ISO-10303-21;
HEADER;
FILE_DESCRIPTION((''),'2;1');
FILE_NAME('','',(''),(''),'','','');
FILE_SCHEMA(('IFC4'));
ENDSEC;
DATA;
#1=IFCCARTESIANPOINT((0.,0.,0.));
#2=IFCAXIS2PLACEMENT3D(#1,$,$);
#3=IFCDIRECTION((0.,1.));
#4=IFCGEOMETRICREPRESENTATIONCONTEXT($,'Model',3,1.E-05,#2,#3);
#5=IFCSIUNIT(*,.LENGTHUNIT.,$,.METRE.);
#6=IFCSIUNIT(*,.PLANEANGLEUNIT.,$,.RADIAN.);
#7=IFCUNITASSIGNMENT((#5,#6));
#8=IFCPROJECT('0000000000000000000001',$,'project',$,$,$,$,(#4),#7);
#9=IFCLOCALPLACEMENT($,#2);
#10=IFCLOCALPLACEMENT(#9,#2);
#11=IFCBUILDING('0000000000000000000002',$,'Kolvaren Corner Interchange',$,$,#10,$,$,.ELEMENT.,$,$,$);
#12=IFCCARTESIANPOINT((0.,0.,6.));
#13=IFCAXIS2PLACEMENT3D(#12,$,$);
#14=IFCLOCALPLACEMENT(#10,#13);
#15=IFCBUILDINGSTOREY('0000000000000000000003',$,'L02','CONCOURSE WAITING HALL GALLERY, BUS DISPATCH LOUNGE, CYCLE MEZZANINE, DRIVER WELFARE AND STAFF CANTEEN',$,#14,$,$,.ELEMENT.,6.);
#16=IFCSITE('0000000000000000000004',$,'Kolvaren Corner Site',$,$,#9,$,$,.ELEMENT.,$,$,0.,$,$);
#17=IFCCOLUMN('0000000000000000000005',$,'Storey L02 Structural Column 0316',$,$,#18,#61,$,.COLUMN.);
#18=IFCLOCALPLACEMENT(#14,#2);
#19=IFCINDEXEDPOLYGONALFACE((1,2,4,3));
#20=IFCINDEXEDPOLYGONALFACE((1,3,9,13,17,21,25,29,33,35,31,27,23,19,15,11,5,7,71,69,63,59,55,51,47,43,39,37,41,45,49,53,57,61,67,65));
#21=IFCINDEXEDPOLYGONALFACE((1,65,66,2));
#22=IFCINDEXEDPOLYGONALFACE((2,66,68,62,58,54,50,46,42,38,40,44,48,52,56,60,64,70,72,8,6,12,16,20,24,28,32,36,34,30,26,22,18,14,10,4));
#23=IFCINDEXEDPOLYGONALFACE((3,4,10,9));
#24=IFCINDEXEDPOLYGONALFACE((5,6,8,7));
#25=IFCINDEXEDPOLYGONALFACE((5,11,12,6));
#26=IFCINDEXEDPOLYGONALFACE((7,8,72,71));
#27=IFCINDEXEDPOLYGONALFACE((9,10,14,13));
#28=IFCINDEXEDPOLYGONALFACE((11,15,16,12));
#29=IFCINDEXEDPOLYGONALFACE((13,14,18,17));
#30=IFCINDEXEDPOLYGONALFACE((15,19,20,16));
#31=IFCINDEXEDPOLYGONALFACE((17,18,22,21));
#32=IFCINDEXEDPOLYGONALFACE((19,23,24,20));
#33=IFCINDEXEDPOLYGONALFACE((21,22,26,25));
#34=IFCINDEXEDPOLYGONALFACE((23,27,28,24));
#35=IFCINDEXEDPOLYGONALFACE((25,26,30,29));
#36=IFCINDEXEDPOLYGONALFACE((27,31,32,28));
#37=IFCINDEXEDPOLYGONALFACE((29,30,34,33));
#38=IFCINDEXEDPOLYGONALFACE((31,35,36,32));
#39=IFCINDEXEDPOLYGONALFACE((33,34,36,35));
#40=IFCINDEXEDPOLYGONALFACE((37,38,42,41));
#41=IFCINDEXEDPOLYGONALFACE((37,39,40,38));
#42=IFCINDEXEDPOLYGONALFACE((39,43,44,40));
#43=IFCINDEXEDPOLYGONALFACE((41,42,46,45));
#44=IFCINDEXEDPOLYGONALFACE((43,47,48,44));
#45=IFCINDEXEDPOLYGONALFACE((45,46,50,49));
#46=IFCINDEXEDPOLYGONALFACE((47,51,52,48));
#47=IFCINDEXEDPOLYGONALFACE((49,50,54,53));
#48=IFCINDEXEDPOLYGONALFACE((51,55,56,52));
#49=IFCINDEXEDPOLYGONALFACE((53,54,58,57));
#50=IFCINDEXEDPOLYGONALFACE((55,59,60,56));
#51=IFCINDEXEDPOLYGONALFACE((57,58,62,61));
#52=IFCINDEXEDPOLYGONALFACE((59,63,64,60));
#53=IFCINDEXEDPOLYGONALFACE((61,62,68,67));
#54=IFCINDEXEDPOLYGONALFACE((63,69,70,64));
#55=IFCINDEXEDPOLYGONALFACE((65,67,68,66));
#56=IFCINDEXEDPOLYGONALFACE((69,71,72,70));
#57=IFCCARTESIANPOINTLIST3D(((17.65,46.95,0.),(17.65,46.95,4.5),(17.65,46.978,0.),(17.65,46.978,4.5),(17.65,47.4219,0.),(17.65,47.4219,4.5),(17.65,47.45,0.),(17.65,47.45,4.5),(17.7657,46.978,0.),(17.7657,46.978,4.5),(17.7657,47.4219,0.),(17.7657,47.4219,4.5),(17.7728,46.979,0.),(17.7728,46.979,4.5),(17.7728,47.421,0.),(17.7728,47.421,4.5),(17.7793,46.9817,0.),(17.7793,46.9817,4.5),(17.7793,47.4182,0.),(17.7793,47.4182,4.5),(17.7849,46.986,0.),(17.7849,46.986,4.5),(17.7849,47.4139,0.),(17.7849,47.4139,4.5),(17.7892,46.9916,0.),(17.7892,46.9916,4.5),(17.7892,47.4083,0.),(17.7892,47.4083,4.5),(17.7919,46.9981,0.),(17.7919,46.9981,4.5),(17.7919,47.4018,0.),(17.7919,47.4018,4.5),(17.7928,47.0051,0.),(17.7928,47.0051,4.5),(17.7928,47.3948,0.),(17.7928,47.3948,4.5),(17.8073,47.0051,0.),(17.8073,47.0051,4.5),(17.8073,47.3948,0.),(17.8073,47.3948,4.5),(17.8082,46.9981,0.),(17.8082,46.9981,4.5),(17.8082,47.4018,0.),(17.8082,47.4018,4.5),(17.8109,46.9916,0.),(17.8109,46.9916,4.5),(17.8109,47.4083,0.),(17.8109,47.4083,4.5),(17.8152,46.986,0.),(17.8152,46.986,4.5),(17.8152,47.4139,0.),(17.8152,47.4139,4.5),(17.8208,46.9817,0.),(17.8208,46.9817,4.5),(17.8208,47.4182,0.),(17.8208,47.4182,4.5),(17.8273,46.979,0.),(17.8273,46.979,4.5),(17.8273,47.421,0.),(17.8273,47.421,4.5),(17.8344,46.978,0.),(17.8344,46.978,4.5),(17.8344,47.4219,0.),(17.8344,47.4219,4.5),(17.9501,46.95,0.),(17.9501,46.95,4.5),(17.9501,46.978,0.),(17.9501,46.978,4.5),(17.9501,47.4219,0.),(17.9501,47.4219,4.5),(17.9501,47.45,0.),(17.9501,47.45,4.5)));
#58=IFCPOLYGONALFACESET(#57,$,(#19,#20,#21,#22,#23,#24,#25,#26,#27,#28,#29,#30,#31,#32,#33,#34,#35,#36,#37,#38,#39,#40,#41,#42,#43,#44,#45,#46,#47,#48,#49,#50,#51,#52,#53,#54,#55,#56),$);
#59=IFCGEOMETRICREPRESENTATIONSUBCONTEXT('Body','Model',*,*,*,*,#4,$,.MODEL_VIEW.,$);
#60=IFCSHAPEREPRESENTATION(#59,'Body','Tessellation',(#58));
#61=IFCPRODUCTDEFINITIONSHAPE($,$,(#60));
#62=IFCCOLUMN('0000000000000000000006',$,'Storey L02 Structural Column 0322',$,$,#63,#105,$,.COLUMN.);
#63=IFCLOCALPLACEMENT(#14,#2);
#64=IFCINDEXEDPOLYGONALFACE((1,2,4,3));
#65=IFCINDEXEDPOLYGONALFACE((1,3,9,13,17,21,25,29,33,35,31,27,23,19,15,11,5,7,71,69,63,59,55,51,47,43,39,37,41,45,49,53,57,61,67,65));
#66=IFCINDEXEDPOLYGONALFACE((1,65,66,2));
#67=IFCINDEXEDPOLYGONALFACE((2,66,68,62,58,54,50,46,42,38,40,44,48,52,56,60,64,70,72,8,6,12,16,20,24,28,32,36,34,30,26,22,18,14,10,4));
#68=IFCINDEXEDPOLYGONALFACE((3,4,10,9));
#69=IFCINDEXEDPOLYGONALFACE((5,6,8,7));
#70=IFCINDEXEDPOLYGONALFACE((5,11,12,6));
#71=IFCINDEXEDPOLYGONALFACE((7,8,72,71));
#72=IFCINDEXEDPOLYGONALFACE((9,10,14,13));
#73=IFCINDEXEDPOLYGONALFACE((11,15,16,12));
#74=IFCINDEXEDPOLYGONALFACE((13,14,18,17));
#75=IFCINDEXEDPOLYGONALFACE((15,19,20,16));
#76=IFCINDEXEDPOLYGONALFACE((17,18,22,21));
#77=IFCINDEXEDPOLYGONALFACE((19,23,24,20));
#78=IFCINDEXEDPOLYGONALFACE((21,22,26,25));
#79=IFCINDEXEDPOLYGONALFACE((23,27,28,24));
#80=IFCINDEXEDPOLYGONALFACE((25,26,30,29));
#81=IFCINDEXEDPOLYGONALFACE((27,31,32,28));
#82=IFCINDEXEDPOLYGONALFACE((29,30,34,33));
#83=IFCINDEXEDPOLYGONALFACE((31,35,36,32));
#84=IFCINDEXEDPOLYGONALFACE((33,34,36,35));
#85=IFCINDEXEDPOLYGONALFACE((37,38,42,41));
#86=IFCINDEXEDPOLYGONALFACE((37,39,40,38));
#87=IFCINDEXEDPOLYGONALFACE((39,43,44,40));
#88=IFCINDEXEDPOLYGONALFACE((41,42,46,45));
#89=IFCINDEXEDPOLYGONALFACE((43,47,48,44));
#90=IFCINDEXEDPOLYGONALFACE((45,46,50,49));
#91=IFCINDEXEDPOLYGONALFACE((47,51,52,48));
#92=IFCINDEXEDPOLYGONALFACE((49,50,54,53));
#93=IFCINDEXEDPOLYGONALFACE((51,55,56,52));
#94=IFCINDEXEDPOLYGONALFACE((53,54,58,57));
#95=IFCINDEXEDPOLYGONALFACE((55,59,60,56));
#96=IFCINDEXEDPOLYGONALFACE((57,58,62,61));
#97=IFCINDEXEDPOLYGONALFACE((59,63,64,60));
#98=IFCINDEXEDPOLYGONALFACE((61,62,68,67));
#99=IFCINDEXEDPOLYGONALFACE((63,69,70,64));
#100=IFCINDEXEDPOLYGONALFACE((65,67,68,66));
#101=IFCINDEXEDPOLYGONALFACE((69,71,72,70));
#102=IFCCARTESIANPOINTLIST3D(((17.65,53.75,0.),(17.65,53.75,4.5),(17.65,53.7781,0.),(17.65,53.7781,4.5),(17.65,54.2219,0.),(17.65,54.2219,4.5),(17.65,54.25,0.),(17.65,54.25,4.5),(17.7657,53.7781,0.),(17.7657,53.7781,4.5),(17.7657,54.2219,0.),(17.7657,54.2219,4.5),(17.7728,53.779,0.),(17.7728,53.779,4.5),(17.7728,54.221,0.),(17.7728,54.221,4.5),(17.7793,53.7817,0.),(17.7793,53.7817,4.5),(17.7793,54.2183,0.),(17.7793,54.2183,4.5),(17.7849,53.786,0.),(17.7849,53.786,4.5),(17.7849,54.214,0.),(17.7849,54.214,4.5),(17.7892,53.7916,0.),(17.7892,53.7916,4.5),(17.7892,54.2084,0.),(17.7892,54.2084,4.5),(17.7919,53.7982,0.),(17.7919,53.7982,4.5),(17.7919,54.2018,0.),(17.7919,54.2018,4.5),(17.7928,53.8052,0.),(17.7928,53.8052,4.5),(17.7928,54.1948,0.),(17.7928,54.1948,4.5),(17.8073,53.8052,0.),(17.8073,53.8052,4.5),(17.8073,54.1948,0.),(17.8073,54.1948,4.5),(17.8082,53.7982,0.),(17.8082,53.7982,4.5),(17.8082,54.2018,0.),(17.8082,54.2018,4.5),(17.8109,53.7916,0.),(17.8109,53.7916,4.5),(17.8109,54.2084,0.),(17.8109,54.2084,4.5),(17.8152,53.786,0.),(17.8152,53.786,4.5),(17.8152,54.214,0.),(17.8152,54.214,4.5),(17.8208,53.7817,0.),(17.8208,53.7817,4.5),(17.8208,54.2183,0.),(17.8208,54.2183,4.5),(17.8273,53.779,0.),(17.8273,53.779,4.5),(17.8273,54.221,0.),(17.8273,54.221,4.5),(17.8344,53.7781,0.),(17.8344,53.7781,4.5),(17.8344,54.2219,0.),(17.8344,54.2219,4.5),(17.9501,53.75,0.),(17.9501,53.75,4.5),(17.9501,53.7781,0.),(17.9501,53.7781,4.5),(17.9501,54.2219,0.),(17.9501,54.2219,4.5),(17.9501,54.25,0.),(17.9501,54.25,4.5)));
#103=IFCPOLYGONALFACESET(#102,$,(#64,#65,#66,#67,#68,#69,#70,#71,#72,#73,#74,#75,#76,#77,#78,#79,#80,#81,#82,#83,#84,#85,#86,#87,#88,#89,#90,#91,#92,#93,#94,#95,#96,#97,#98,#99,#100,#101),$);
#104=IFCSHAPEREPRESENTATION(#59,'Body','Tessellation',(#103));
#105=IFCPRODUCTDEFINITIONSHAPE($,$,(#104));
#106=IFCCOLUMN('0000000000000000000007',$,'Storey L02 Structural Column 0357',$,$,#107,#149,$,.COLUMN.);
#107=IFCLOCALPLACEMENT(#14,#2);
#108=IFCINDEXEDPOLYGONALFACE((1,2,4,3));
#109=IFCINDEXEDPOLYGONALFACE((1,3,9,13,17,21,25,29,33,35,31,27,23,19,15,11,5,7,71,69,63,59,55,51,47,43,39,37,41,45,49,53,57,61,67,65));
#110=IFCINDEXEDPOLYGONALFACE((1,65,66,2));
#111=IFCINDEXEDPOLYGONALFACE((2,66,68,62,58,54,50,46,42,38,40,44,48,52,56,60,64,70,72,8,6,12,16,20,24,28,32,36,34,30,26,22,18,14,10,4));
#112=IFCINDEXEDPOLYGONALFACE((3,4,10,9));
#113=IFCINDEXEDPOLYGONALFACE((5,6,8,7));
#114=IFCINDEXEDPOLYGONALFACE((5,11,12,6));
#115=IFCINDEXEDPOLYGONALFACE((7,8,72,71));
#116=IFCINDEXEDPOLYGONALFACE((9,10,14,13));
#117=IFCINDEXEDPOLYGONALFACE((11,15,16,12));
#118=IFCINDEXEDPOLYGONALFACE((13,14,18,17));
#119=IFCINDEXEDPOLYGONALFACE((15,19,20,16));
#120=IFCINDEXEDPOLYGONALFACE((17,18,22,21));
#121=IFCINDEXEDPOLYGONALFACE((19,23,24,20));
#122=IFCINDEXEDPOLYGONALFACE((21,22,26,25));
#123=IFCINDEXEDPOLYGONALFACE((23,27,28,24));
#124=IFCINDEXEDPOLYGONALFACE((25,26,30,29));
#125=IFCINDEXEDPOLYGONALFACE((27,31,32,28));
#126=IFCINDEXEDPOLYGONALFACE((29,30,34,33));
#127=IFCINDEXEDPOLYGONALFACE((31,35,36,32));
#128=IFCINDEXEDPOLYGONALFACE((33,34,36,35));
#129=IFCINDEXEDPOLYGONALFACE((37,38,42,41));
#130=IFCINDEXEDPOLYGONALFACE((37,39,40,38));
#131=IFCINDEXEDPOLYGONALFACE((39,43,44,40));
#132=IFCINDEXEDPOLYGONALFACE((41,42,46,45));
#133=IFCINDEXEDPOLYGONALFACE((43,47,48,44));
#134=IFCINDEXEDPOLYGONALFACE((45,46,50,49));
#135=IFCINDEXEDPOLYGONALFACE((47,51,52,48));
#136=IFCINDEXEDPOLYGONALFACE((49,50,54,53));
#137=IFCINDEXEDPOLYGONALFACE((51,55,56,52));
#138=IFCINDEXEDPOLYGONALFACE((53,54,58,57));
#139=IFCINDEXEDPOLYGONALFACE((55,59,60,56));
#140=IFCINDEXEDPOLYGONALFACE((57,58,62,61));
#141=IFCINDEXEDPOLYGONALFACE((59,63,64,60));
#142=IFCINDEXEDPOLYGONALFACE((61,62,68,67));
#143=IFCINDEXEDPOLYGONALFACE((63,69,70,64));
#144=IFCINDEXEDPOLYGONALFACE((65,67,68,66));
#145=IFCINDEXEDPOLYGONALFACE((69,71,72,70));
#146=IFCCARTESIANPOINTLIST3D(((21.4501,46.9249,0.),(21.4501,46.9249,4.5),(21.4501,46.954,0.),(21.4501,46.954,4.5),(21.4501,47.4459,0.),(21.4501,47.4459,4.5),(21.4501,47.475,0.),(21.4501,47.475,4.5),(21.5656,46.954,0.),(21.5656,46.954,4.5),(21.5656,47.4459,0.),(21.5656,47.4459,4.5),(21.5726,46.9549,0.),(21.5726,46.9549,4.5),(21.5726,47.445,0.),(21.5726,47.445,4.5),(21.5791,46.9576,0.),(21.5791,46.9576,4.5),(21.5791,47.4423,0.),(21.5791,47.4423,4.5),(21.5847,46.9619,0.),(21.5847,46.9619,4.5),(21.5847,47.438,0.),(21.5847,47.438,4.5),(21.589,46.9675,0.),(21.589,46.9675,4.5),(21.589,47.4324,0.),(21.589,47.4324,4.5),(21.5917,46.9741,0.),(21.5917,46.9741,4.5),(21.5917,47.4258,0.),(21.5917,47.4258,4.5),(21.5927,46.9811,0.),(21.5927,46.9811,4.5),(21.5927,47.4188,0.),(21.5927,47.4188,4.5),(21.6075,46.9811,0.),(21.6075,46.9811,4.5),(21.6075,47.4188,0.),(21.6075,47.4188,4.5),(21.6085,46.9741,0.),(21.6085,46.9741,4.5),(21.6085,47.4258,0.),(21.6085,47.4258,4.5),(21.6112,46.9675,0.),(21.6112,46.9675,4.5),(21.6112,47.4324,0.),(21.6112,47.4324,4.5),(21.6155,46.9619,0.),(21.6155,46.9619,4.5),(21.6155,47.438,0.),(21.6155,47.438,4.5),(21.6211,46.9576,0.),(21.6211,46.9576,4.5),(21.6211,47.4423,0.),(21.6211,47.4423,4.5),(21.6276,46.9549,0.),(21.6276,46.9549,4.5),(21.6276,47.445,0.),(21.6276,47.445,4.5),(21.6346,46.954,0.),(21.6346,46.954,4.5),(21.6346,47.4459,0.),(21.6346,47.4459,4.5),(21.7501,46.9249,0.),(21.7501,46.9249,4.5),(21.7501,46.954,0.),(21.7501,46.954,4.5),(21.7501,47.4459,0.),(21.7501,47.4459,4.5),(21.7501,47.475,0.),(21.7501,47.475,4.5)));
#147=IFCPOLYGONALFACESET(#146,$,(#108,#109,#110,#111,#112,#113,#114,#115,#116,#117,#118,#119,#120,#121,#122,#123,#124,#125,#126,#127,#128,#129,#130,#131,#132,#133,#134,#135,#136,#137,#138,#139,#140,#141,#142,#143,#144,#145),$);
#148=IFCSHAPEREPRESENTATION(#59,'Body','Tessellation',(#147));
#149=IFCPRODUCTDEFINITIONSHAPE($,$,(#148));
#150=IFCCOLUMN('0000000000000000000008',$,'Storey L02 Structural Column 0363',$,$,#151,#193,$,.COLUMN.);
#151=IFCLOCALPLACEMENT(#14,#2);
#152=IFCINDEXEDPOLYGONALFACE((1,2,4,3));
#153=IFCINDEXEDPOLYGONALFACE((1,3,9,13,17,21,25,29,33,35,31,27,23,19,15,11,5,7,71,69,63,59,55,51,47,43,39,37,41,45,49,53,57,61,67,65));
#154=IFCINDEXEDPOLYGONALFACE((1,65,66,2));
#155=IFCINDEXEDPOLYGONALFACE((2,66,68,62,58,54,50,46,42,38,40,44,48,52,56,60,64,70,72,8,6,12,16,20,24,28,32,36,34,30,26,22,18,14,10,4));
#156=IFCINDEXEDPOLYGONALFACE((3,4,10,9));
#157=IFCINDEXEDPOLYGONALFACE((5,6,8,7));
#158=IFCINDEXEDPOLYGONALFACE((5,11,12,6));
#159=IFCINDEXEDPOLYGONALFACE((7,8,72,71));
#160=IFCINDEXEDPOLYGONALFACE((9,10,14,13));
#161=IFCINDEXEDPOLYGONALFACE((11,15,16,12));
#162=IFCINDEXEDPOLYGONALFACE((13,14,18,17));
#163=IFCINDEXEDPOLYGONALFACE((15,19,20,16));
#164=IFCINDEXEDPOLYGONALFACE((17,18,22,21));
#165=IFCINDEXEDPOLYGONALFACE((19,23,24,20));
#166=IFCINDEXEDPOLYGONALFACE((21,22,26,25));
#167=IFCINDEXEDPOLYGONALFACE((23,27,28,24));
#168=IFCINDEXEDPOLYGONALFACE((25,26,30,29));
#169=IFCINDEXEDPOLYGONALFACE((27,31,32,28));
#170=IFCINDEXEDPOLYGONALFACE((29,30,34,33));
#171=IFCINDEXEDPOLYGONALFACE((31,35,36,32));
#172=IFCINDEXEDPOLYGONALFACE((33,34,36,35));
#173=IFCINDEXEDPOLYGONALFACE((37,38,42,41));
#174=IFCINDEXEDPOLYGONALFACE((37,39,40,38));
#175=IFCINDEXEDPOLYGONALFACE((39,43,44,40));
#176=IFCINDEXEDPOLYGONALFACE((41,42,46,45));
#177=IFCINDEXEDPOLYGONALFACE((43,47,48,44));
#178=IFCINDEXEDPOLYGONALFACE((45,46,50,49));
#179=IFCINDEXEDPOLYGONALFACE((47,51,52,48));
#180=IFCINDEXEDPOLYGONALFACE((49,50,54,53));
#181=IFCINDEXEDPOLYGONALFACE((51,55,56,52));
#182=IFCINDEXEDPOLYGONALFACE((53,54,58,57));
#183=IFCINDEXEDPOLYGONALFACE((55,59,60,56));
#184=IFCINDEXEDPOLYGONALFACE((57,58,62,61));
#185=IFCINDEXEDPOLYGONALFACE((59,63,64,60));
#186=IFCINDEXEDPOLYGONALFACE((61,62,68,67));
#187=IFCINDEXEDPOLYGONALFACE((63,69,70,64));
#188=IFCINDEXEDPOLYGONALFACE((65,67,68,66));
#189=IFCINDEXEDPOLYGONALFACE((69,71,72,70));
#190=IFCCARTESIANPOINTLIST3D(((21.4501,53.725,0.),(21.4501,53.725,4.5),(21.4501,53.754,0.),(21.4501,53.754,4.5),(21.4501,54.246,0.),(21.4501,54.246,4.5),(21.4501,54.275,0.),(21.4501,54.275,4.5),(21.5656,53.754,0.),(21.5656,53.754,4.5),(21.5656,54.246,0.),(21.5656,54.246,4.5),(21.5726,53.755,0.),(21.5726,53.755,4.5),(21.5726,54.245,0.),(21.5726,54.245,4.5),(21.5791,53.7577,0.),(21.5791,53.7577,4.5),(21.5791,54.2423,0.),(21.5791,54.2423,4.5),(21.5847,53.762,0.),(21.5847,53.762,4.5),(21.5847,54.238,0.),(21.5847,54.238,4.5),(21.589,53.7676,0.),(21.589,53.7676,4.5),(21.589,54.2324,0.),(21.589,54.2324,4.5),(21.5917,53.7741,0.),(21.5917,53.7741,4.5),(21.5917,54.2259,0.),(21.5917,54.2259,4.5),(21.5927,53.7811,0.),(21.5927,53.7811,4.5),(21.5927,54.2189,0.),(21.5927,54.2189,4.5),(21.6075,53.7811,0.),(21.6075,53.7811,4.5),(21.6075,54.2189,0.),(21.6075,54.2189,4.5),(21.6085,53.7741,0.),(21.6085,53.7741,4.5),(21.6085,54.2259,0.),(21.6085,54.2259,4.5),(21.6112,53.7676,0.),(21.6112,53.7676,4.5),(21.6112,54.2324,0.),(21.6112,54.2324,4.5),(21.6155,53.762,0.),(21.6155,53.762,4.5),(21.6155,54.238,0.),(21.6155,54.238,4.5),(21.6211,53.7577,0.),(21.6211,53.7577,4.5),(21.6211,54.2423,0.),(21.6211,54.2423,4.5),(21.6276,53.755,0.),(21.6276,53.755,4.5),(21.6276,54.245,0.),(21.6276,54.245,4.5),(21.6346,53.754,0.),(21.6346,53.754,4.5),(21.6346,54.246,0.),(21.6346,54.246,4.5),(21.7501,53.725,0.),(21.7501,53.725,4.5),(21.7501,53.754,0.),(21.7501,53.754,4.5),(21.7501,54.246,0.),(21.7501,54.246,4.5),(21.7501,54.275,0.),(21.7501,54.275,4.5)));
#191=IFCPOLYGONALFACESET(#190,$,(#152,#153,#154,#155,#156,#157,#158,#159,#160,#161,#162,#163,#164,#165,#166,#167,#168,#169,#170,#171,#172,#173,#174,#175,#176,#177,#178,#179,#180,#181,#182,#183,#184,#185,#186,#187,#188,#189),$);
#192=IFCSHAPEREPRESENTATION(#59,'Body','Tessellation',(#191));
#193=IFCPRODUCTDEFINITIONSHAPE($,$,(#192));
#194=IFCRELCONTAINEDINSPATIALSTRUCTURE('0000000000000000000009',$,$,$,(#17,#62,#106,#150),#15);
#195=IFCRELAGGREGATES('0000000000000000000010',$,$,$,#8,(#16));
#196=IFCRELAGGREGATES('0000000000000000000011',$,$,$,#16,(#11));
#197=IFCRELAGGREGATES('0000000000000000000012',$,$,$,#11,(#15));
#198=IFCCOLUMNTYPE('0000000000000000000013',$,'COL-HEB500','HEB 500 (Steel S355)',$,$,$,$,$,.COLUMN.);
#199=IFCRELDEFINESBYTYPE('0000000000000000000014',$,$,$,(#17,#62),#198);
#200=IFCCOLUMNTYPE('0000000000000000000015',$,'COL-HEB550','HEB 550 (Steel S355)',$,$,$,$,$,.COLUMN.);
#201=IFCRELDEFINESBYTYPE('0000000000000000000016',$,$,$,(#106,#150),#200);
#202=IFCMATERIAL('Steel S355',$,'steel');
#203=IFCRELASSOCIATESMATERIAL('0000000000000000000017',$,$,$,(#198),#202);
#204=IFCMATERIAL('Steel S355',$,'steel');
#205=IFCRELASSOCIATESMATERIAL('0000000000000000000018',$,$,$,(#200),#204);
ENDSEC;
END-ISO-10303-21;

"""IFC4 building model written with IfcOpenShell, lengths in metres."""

from ifc_helpers import new_model, si_unit, direction, frame, origin, origin_2d, place, context, subcontext, project, spatial, i_section, extrude, material, material_profile, profile_set, type_object, element, save


model = new_model("IFC4")

# Units and contexts
model_context = context("Model", 3, precision=1e-05, world=origin(), true_north=direction((0.0, 1.0)))
body_context = subcontext(model_context, "Body", "Model", "MODEL_VIEW")
ifc_project = project(units=[si_unit("LENGTHUNIT", "METRE"), si_unit("PLANEANGLEUNIT", "RADIAN")], contexts=[model_context])

# Site, building, storey
site_placement = place(None, origin())
site = spatial("IfcSite", under=ifc_project, at=site_placement, Name="Kolvaren Corner Site", CompositionType="ELEMENT", RefElevation=0.0)
building_placement = place(site_placement, origin())
building = spatial("IfcBuilding", under=site, at=building_placement, Name="Kolvaren Corner Interchange", CompositionType="ELEMENT")
storey_placement = place(building_placement, frame((0.0, 0.0, 6.0)))
storey = spatial("IfcBuildingStorey", under=building, at=storey_placement, Name="L02", Description="CONCOURSE WAITING HALL GALLERY, BUS DISPATCH LOUNGE, CYCLE MEZZANINE, DRIVER WELFARE AND STAFF CANTEEN", CompositionType="ELEMENT", Elevation=6.0)

# Columns
ifc_material_1 = material(Name="Steel S355", Category="steel")
ifc_material_profile_1 = material_profile(ifc_material_1, i_section(OverallWidth=0.3, OverallDepth=0.5, WebThickness=0.0144, FlangeThickness=0.0281, FilletRadius=0.0271, at=origin_2d()), Name="HEB 500")
ifc_profile_set_1 = profile_set([ifc_material_profile_1], Name="Steel S355")
column_type_1 = type_object("IfcColumnType", Name="COL-HEB500", Description="HEB 500 (Steel S355)", PredefinedType="COLUMN", material=ifc_profile_set_1)
for number, where, z_axis, x_axis, name in (
    (1, (17.8, 47.2, 0.0), (0.0, 0.0, 1.0), (1.0, 0.0, 0.0), "Storey L02 Structural Column 0316"),
    (2, (17.8, 54.0, 0.0), (0.0, 0.0, 1.0), (1.0, 0.0, 0.0), "Storey L02 Structural Column 0322"),
):
    element("IfcColumn", number, at=place(storey_placement, frame(where, z_axis=z_axis, x_axis=x_axis)), inside=storey, type_object=column_type_1, Name=name, PredefinedType="COLUMN", context=body_context, shape_type="SweptSolid", body=[
        extrude(i_section(OverallWidth=0.3, OverallDepth=0.5, WebThickness=0.0144, FlangeThickness=0.0281, FilletRadius=0.0271, at=origin_2d()), origin(), (0.0, 0.0, 1.0), 4.5),
    ])
ifc_material_2 = material(Name="Steel S355", Category="steel")
ifc_material_profile_2 = material_profile(ifc_material_2, i_section(OverallWidth=0.3, OverallDepth=0.55, WebThickness=0.0149, FlangeThickness=0.0291, FilletRadius=0.0271, at=origin_2d()), Name="HEB 550")
ifc_profile_set_2 = profile_set([ifc_material_profile_2], Name="Steel S355")
column_type_2 = type_object("IfcColumnType", Name="COL-HEB550", Description="HEB 550 (Steel S355)", PredefinedType="COLUMN", material=ifc_profile_set_2)
for number, where, z_axis, x_axis, name in (
    (3, (21.6001, 47.2, 0.0), (0.0, 0.0, 1.0), (1.0, 0.0, 0.0), "Storey L02 Structural Column 0357"),
    (4, (21.6001, 54.0, 0.0), (0.0, 0.0, 1.0), (1.0, 0.0, 0.0), "Storey L02 Structural Column 0363"),
):
    element("IfcColumn", number, at=place(storey_placement, frame(where, z_axis=z_axis, x_axis=x_axis)), inside=storey, type_object=column_type_2, Name=name, PredefinedType="COLUMN", context=body_context, shape_type="SweptSolid", body=[
        extrude(i_section(OverallWidth=0.3, OverallDepth=0.55, WebThickness=0.0149, FlangeThickness=0.0291, FilletRadius=0.0271, at=origin_2d()), origin(), (0.0, 0.0, 1.0), 4.5),
    ])

save(model, "model.ifc")
